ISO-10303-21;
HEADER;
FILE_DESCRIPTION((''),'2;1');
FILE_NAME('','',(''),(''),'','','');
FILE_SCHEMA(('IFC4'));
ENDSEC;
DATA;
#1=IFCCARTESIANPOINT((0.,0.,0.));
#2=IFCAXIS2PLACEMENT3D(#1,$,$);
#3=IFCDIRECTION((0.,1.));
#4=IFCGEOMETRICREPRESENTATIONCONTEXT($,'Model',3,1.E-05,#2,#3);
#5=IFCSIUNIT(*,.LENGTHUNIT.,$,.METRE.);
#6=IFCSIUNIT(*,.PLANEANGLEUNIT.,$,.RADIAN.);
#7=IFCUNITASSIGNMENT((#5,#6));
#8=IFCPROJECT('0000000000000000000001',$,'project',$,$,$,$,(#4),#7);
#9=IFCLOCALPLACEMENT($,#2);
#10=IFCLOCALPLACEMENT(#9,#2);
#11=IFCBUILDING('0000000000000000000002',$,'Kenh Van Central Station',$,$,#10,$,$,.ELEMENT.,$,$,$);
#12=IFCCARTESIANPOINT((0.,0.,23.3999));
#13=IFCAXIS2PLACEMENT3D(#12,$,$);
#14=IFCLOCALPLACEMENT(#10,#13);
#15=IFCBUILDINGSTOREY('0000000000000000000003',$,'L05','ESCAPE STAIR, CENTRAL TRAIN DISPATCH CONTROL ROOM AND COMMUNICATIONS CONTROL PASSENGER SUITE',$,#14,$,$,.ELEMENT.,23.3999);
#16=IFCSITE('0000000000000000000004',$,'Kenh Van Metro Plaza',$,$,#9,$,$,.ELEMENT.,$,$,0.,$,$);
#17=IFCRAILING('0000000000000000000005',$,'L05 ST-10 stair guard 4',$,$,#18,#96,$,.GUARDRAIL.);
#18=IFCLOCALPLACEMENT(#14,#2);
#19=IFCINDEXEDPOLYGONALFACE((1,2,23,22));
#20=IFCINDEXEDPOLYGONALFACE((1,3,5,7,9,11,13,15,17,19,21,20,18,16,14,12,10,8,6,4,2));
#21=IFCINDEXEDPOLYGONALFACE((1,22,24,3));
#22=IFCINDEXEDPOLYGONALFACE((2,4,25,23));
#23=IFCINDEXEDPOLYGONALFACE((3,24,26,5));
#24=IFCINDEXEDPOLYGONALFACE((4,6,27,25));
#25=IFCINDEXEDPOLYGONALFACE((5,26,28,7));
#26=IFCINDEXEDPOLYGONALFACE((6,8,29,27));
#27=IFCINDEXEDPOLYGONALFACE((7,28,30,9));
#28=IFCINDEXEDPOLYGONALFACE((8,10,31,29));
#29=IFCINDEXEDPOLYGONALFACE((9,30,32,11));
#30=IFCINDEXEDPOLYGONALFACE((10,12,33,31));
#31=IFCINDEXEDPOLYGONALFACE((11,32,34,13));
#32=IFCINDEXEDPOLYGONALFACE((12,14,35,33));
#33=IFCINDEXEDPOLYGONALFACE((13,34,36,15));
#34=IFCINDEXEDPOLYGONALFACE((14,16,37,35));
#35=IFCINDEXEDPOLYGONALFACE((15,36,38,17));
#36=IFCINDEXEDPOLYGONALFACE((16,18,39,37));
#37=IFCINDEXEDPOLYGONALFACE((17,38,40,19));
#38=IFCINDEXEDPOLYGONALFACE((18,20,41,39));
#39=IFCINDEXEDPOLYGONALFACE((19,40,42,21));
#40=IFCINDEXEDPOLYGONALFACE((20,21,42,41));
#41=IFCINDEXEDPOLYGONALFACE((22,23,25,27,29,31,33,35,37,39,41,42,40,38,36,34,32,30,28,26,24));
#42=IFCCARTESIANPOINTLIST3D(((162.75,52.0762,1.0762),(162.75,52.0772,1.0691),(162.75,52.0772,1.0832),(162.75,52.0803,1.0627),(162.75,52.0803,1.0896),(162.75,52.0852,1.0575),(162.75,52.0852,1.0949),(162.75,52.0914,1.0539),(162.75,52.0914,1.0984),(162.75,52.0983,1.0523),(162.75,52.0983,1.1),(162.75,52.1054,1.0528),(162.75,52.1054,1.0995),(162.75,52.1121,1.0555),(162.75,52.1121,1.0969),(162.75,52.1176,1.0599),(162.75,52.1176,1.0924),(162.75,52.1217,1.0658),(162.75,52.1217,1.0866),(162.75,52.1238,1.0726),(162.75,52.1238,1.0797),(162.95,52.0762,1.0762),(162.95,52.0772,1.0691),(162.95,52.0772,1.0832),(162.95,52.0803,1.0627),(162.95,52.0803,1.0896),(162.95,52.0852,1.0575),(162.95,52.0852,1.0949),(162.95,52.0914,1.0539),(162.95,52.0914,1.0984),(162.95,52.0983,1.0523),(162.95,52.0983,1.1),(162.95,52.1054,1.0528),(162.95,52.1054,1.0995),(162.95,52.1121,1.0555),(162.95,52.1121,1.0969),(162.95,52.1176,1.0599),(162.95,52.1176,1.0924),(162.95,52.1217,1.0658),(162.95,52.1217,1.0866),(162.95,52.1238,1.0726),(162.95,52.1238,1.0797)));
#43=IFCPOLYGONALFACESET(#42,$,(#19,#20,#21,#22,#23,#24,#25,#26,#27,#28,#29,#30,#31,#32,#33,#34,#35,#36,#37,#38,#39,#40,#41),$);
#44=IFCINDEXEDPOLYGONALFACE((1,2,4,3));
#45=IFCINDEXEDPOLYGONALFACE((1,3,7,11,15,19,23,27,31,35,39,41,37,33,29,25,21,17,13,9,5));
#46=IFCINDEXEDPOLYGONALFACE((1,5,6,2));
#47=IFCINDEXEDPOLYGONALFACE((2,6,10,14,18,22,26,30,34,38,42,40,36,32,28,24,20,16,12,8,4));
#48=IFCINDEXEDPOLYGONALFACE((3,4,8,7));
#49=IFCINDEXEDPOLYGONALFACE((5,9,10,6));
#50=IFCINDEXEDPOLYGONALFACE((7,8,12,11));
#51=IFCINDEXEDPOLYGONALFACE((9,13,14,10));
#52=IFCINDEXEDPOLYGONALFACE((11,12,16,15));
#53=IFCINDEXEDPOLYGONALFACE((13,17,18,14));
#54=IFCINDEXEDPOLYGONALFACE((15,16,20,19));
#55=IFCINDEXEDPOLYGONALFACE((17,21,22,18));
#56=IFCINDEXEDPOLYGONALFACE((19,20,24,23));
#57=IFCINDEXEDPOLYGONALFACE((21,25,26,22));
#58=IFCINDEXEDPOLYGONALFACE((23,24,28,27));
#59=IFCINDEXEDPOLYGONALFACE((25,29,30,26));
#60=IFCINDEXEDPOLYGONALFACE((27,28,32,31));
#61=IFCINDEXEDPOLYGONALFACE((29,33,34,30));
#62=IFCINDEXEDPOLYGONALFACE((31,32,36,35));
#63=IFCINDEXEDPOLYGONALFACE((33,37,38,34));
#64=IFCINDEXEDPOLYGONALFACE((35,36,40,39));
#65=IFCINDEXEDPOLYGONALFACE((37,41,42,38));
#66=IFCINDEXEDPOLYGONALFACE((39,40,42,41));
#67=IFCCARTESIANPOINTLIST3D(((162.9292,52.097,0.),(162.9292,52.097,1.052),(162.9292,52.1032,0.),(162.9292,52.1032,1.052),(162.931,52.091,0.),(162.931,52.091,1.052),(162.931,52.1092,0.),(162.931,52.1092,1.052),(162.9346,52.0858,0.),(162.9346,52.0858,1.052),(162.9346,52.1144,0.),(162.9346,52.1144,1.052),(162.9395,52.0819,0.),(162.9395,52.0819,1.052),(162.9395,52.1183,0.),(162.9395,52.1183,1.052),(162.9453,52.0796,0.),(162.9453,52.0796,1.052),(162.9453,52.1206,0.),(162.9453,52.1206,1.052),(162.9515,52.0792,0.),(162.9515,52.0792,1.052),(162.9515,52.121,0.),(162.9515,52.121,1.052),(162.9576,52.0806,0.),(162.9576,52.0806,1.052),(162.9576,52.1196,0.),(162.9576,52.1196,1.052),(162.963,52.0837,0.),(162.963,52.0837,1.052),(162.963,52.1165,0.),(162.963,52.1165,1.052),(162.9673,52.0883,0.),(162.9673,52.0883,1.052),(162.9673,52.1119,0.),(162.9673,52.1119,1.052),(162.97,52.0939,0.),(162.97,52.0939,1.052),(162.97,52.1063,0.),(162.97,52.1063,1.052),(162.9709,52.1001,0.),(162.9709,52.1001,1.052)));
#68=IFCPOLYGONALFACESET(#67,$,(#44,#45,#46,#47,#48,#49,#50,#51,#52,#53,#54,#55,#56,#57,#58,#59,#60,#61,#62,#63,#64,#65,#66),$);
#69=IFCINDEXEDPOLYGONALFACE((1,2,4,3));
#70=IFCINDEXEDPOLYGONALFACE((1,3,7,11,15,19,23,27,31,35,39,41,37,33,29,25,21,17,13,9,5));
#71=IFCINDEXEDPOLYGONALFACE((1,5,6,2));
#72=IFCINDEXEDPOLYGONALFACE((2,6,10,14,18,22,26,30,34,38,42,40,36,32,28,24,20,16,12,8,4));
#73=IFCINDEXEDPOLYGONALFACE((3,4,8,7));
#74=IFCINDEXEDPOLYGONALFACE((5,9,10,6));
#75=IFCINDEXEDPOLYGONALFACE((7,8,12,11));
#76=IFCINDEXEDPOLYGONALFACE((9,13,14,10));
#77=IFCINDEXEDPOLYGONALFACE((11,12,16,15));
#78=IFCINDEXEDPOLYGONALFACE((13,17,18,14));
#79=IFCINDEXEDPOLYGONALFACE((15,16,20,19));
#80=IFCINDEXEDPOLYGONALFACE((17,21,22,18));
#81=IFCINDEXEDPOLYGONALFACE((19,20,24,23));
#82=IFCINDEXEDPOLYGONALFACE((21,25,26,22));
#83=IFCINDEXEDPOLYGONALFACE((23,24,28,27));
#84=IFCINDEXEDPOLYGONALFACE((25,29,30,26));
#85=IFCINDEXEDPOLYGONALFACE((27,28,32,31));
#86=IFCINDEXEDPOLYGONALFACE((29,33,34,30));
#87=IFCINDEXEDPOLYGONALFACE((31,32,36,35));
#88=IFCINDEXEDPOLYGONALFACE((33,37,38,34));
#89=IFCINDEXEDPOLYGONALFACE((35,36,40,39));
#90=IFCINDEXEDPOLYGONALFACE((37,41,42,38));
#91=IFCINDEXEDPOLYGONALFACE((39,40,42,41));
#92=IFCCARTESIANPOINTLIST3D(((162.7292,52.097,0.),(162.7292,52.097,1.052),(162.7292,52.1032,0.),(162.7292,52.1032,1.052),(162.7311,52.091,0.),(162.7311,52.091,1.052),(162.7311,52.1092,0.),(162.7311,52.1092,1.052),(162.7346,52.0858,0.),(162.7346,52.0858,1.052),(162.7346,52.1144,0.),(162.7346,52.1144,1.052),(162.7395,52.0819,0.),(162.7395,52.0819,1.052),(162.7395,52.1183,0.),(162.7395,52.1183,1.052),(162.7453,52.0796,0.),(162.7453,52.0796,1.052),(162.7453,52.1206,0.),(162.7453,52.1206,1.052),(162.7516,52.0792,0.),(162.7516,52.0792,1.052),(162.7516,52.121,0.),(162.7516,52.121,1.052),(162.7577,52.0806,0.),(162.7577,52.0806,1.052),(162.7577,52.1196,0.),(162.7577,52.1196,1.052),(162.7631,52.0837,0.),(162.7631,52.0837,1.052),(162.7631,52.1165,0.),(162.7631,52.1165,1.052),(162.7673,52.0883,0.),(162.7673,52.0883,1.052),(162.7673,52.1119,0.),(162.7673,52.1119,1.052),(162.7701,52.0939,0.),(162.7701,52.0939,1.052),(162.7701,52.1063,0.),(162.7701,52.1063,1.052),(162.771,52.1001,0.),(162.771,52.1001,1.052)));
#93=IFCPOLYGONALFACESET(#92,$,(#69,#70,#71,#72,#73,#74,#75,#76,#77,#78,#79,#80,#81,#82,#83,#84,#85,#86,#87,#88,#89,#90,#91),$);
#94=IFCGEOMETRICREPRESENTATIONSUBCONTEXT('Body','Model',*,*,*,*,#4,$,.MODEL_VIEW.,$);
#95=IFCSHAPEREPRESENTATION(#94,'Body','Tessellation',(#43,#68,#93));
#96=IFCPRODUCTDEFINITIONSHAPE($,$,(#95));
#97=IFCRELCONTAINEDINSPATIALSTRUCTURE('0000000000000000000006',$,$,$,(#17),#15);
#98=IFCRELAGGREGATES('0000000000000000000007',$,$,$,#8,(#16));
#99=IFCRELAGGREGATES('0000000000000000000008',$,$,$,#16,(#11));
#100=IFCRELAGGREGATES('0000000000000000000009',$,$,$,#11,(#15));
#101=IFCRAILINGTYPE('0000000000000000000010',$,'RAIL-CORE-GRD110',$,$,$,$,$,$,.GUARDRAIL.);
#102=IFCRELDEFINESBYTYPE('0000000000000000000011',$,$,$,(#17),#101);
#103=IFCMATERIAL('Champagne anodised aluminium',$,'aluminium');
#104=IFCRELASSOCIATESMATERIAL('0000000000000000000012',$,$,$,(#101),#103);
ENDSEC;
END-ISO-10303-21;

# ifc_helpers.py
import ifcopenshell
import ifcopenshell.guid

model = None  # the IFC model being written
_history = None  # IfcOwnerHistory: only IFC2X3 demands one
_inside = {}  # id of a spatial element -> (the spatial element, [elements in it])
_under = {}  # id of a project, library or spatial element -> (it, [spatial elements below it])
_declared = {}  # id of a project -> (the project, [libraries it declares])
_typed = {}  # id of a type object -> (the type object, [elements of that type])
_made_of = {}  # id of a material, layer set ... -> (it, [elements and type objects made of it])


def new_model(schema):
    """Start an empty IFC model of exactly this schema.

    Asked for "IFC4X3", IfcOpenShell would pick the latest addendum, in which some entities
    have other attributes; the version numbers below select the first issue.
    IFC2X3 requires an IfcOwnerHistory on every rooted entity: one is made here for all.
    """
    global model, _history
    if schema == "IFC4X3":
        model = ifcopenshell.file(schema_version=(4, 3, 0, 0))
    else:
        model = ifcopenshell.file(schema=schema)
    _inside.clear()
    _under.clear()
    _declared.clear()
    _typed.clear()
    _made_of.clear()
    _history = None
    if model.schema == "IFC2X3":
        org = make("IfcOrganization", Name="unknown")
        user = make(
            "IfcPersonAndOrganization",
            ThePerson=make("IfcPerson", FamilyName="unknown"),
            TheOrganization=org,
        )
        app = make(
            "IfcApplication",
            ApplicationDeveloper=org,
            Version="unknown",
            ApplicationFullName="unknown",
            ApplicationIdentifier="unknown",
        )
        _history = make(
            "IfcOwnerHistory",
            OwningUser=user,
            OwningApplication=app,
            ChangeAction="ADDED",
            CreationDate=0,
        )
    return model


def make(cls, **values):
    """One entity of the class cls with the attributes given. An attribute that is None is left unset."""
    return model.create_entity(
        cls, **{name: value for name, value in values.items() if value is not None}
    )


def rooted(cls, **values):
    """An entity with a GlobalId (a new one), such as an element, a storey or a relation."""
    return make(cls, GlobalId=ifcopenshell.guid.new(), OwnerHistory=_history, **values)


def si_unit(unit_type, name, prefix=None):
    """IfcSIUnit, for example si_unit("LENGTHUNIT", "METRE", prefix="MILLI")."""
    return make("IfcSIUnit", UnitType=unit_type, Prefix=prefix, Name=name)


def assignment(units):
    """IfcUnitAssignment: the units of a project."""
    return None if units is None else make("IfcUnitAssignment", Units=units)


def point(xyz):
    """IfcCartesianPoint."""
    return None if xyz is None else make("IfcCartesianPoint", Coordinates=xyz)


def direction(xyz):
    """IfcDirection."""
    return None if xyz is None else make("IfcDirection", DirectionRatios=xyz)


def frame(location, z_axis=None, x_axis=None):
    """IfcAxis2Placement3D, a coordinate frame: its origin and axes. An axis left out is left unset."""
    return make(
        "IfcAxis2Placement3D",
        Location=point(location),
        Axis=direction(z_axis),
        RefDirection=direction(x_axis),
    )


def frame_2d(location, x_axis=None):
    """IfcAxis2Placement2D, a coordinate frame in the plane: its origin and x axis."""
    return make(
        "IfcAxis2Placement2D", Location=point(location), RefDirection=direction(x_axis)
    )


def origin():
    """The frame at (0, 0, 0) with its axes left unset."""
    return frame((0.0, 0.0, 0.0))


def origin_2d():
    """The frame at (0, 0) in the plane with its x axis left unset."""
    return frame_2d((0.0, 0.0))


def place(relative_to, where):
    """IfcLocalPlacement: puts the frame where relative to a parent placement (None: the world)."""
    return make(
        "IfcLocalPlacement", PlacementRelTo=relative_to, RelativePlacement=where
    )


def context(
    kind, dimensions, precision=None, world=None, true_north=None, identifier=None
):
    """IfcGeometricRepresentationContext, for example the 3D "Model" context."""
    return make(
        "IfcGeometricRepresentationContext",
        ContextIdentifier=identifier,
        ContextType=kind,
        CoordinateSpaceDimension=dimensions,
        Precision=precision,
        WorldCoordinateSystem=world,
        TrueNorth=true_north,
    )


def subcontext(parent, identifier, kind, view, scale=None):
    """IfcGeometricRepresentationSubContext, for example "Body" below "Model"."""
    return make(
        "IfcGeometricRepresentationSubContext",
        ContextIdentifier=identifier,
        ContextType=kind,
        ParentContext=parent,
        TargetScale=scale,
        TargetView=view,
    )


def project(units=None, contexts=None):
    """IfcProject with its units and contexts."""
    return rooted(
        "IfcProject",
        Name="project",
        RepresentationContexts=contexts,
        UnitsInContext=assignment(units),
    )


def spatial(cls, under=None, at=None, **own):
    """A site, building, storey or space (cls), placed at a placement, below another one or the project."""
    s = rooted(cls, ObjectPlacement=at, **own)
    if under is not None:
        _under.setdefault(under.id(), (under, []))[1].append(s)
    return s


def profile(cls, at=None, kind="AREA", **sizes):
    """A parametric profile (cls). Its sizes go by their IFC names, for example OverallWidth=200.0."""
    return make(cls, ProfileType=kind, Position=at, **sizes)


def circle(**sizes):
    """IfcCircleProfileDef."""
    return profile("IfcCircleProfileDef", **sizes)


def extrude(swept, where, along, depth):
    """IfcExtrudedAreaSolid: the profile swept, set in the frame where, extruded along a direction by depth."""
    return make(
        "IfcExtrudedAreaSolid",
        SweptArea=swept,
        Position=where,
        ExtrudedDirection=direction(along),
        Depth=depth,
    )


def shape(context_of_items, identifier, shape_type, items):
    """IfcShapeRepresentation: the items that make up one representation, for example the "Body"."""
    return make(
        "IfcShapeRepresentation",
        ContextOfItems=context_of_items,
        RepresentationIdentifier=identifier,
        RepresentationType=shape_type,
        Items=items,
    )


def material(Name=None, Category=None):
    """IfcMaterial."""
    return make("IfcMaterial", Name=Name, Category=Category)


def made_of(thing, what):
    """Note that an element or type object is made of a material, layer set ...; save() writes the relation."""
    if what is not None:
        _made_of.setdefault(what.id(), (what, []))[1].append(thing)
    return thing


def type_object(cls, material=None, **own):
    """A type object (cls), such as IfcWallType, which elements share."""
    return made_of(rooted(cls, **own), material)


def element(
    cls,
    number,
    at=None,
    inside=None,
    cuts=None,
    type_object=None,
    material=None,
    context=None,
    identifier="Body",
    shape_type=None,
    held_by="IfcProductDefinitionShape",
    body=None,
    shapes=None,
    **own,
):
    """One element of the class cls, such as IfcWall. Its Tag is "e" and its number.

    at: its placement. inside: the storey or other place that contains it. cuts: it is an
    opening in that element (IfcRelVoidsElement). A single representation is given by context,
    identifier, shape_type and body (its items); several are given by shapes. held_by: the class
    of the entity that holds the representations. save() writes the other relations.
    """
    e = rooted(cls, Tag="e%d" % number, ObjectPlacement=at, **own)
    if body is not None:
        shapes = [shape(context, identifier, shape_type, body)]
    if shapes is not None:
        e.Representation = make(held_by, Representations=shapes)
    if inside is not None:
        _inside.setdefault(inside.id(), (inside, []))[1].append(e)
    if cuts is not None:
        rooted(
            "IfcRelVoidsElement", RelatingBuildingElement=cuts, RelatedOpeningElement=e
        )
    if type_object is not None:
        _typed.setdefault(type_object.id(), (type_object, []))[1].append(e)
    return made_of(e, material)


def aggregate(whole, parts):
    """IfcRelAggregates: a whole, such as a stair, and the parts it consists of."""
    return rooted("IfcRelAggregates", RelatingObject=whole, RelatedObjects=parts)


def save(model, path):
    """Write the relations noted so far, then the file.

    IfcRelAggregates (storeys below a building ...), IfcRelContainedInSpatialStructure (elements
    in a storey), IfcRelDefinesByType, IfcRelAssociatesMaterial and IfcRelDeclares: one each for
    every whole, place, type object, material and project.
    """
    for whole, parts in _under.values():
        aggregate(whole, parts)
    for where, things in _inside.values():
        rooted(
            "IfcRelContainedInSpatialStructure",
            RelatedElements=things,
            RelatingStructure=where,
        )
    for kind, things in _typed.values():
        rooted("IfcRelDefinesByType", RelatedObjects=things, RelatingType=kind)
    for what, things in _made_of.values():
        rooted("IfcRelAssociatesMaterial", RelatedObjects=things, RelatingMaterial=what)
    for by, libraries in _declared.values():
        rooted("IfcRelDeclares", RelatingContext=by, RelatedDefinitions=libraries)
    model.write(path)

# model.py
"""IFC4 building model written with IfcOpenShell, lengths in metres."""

from ifc_helpers import new_model, si_unit, direction, frame, origin, origin_2d, place, context, subcontext, project, spatial, circle, extrude, material, type_object, element, save


model = new_model("IFC4")

# Units and contexts
model_context = context("Model", 3, precision=1e-05, world=origin(), true_north=direction((0.0, 1.0)))
body_context = subcontext(model_context, "Body", "Model", "MODEL_VIEW")
ifc_project = project(units=[si_unit("LENGTHUNIT", "METRE"), si_unit("PLANEANGLEUNIT", "RADIAN")], contexts=[model_context])

# Site, building, storey
site_placement = place(None, origin())
site = spatial("IfcSite", under=ifc_project, at=site_placement, Name="Kenh Van Metro Plaza", CompositionType="ELEMENT", RefElevation=0.0)
building_placement = place(site_placement, origin())
building = spatial("IfcBuilding", under=site, at=building_placement, Name="Kenh Van Central Station", CompositionType="ELEMENT")
storey_placement = place(building_placement, frame((0.0, 0.0, 23.3999)))
storey = spatial("IfcBuildingStorey", under=building, at=storey_placement, Name="L05", Description="ESCAPE STAIR, CENTRAL TRAIN DISPATCH CONTROL ROOM AND COMMUNICATIONS CONTROL PASSENGER SUITE", CompositionType="ELEMENT", Elevation=23.3999)

# Shared definitions
ifc_material_1 = material(Name="Champagne anodised aluminium", Category="aluminium")

# Railing
railing_type_1 = type_object("IfcRailingType", Name="RAIL-CORE-GRD110", PredefinedType="GUARDRAIL", material=ifc_material_1)
railing_1_placement = place(storey_placement, frame((162.95, 52.1001, 0.0)))
element("IfcRailing", 1, at=railing_1_placement, inside=storey, type_object=railing_type_1, Name="L05 ST-10 stair guard 4", PredefinedType="GUARDRAIL", context=body_context, shape_type="SweptSolid", body=[
    extrude(circle(Radius=0.0239, at=origin_2d()), frame((0.0, 0.0, 1.0762), z_axis=(-1.0, 0.0, 0.0), x_axis=(0.0, -1.0, 0.0)), (0.0, 0.0, 1.0), 0.2),
    extrude(circle(Radius=0.021, at=origin_2d()), origin(), (0.0, 0.0, 1.0), 1.052),
    extrude(circle(Radius=0.021, at=origin_2d()), frame((-0.2, 0.0, 0.0)), (0.0, 0.0, 1.0), 1.052),
])

save(model, "model.ifc")
